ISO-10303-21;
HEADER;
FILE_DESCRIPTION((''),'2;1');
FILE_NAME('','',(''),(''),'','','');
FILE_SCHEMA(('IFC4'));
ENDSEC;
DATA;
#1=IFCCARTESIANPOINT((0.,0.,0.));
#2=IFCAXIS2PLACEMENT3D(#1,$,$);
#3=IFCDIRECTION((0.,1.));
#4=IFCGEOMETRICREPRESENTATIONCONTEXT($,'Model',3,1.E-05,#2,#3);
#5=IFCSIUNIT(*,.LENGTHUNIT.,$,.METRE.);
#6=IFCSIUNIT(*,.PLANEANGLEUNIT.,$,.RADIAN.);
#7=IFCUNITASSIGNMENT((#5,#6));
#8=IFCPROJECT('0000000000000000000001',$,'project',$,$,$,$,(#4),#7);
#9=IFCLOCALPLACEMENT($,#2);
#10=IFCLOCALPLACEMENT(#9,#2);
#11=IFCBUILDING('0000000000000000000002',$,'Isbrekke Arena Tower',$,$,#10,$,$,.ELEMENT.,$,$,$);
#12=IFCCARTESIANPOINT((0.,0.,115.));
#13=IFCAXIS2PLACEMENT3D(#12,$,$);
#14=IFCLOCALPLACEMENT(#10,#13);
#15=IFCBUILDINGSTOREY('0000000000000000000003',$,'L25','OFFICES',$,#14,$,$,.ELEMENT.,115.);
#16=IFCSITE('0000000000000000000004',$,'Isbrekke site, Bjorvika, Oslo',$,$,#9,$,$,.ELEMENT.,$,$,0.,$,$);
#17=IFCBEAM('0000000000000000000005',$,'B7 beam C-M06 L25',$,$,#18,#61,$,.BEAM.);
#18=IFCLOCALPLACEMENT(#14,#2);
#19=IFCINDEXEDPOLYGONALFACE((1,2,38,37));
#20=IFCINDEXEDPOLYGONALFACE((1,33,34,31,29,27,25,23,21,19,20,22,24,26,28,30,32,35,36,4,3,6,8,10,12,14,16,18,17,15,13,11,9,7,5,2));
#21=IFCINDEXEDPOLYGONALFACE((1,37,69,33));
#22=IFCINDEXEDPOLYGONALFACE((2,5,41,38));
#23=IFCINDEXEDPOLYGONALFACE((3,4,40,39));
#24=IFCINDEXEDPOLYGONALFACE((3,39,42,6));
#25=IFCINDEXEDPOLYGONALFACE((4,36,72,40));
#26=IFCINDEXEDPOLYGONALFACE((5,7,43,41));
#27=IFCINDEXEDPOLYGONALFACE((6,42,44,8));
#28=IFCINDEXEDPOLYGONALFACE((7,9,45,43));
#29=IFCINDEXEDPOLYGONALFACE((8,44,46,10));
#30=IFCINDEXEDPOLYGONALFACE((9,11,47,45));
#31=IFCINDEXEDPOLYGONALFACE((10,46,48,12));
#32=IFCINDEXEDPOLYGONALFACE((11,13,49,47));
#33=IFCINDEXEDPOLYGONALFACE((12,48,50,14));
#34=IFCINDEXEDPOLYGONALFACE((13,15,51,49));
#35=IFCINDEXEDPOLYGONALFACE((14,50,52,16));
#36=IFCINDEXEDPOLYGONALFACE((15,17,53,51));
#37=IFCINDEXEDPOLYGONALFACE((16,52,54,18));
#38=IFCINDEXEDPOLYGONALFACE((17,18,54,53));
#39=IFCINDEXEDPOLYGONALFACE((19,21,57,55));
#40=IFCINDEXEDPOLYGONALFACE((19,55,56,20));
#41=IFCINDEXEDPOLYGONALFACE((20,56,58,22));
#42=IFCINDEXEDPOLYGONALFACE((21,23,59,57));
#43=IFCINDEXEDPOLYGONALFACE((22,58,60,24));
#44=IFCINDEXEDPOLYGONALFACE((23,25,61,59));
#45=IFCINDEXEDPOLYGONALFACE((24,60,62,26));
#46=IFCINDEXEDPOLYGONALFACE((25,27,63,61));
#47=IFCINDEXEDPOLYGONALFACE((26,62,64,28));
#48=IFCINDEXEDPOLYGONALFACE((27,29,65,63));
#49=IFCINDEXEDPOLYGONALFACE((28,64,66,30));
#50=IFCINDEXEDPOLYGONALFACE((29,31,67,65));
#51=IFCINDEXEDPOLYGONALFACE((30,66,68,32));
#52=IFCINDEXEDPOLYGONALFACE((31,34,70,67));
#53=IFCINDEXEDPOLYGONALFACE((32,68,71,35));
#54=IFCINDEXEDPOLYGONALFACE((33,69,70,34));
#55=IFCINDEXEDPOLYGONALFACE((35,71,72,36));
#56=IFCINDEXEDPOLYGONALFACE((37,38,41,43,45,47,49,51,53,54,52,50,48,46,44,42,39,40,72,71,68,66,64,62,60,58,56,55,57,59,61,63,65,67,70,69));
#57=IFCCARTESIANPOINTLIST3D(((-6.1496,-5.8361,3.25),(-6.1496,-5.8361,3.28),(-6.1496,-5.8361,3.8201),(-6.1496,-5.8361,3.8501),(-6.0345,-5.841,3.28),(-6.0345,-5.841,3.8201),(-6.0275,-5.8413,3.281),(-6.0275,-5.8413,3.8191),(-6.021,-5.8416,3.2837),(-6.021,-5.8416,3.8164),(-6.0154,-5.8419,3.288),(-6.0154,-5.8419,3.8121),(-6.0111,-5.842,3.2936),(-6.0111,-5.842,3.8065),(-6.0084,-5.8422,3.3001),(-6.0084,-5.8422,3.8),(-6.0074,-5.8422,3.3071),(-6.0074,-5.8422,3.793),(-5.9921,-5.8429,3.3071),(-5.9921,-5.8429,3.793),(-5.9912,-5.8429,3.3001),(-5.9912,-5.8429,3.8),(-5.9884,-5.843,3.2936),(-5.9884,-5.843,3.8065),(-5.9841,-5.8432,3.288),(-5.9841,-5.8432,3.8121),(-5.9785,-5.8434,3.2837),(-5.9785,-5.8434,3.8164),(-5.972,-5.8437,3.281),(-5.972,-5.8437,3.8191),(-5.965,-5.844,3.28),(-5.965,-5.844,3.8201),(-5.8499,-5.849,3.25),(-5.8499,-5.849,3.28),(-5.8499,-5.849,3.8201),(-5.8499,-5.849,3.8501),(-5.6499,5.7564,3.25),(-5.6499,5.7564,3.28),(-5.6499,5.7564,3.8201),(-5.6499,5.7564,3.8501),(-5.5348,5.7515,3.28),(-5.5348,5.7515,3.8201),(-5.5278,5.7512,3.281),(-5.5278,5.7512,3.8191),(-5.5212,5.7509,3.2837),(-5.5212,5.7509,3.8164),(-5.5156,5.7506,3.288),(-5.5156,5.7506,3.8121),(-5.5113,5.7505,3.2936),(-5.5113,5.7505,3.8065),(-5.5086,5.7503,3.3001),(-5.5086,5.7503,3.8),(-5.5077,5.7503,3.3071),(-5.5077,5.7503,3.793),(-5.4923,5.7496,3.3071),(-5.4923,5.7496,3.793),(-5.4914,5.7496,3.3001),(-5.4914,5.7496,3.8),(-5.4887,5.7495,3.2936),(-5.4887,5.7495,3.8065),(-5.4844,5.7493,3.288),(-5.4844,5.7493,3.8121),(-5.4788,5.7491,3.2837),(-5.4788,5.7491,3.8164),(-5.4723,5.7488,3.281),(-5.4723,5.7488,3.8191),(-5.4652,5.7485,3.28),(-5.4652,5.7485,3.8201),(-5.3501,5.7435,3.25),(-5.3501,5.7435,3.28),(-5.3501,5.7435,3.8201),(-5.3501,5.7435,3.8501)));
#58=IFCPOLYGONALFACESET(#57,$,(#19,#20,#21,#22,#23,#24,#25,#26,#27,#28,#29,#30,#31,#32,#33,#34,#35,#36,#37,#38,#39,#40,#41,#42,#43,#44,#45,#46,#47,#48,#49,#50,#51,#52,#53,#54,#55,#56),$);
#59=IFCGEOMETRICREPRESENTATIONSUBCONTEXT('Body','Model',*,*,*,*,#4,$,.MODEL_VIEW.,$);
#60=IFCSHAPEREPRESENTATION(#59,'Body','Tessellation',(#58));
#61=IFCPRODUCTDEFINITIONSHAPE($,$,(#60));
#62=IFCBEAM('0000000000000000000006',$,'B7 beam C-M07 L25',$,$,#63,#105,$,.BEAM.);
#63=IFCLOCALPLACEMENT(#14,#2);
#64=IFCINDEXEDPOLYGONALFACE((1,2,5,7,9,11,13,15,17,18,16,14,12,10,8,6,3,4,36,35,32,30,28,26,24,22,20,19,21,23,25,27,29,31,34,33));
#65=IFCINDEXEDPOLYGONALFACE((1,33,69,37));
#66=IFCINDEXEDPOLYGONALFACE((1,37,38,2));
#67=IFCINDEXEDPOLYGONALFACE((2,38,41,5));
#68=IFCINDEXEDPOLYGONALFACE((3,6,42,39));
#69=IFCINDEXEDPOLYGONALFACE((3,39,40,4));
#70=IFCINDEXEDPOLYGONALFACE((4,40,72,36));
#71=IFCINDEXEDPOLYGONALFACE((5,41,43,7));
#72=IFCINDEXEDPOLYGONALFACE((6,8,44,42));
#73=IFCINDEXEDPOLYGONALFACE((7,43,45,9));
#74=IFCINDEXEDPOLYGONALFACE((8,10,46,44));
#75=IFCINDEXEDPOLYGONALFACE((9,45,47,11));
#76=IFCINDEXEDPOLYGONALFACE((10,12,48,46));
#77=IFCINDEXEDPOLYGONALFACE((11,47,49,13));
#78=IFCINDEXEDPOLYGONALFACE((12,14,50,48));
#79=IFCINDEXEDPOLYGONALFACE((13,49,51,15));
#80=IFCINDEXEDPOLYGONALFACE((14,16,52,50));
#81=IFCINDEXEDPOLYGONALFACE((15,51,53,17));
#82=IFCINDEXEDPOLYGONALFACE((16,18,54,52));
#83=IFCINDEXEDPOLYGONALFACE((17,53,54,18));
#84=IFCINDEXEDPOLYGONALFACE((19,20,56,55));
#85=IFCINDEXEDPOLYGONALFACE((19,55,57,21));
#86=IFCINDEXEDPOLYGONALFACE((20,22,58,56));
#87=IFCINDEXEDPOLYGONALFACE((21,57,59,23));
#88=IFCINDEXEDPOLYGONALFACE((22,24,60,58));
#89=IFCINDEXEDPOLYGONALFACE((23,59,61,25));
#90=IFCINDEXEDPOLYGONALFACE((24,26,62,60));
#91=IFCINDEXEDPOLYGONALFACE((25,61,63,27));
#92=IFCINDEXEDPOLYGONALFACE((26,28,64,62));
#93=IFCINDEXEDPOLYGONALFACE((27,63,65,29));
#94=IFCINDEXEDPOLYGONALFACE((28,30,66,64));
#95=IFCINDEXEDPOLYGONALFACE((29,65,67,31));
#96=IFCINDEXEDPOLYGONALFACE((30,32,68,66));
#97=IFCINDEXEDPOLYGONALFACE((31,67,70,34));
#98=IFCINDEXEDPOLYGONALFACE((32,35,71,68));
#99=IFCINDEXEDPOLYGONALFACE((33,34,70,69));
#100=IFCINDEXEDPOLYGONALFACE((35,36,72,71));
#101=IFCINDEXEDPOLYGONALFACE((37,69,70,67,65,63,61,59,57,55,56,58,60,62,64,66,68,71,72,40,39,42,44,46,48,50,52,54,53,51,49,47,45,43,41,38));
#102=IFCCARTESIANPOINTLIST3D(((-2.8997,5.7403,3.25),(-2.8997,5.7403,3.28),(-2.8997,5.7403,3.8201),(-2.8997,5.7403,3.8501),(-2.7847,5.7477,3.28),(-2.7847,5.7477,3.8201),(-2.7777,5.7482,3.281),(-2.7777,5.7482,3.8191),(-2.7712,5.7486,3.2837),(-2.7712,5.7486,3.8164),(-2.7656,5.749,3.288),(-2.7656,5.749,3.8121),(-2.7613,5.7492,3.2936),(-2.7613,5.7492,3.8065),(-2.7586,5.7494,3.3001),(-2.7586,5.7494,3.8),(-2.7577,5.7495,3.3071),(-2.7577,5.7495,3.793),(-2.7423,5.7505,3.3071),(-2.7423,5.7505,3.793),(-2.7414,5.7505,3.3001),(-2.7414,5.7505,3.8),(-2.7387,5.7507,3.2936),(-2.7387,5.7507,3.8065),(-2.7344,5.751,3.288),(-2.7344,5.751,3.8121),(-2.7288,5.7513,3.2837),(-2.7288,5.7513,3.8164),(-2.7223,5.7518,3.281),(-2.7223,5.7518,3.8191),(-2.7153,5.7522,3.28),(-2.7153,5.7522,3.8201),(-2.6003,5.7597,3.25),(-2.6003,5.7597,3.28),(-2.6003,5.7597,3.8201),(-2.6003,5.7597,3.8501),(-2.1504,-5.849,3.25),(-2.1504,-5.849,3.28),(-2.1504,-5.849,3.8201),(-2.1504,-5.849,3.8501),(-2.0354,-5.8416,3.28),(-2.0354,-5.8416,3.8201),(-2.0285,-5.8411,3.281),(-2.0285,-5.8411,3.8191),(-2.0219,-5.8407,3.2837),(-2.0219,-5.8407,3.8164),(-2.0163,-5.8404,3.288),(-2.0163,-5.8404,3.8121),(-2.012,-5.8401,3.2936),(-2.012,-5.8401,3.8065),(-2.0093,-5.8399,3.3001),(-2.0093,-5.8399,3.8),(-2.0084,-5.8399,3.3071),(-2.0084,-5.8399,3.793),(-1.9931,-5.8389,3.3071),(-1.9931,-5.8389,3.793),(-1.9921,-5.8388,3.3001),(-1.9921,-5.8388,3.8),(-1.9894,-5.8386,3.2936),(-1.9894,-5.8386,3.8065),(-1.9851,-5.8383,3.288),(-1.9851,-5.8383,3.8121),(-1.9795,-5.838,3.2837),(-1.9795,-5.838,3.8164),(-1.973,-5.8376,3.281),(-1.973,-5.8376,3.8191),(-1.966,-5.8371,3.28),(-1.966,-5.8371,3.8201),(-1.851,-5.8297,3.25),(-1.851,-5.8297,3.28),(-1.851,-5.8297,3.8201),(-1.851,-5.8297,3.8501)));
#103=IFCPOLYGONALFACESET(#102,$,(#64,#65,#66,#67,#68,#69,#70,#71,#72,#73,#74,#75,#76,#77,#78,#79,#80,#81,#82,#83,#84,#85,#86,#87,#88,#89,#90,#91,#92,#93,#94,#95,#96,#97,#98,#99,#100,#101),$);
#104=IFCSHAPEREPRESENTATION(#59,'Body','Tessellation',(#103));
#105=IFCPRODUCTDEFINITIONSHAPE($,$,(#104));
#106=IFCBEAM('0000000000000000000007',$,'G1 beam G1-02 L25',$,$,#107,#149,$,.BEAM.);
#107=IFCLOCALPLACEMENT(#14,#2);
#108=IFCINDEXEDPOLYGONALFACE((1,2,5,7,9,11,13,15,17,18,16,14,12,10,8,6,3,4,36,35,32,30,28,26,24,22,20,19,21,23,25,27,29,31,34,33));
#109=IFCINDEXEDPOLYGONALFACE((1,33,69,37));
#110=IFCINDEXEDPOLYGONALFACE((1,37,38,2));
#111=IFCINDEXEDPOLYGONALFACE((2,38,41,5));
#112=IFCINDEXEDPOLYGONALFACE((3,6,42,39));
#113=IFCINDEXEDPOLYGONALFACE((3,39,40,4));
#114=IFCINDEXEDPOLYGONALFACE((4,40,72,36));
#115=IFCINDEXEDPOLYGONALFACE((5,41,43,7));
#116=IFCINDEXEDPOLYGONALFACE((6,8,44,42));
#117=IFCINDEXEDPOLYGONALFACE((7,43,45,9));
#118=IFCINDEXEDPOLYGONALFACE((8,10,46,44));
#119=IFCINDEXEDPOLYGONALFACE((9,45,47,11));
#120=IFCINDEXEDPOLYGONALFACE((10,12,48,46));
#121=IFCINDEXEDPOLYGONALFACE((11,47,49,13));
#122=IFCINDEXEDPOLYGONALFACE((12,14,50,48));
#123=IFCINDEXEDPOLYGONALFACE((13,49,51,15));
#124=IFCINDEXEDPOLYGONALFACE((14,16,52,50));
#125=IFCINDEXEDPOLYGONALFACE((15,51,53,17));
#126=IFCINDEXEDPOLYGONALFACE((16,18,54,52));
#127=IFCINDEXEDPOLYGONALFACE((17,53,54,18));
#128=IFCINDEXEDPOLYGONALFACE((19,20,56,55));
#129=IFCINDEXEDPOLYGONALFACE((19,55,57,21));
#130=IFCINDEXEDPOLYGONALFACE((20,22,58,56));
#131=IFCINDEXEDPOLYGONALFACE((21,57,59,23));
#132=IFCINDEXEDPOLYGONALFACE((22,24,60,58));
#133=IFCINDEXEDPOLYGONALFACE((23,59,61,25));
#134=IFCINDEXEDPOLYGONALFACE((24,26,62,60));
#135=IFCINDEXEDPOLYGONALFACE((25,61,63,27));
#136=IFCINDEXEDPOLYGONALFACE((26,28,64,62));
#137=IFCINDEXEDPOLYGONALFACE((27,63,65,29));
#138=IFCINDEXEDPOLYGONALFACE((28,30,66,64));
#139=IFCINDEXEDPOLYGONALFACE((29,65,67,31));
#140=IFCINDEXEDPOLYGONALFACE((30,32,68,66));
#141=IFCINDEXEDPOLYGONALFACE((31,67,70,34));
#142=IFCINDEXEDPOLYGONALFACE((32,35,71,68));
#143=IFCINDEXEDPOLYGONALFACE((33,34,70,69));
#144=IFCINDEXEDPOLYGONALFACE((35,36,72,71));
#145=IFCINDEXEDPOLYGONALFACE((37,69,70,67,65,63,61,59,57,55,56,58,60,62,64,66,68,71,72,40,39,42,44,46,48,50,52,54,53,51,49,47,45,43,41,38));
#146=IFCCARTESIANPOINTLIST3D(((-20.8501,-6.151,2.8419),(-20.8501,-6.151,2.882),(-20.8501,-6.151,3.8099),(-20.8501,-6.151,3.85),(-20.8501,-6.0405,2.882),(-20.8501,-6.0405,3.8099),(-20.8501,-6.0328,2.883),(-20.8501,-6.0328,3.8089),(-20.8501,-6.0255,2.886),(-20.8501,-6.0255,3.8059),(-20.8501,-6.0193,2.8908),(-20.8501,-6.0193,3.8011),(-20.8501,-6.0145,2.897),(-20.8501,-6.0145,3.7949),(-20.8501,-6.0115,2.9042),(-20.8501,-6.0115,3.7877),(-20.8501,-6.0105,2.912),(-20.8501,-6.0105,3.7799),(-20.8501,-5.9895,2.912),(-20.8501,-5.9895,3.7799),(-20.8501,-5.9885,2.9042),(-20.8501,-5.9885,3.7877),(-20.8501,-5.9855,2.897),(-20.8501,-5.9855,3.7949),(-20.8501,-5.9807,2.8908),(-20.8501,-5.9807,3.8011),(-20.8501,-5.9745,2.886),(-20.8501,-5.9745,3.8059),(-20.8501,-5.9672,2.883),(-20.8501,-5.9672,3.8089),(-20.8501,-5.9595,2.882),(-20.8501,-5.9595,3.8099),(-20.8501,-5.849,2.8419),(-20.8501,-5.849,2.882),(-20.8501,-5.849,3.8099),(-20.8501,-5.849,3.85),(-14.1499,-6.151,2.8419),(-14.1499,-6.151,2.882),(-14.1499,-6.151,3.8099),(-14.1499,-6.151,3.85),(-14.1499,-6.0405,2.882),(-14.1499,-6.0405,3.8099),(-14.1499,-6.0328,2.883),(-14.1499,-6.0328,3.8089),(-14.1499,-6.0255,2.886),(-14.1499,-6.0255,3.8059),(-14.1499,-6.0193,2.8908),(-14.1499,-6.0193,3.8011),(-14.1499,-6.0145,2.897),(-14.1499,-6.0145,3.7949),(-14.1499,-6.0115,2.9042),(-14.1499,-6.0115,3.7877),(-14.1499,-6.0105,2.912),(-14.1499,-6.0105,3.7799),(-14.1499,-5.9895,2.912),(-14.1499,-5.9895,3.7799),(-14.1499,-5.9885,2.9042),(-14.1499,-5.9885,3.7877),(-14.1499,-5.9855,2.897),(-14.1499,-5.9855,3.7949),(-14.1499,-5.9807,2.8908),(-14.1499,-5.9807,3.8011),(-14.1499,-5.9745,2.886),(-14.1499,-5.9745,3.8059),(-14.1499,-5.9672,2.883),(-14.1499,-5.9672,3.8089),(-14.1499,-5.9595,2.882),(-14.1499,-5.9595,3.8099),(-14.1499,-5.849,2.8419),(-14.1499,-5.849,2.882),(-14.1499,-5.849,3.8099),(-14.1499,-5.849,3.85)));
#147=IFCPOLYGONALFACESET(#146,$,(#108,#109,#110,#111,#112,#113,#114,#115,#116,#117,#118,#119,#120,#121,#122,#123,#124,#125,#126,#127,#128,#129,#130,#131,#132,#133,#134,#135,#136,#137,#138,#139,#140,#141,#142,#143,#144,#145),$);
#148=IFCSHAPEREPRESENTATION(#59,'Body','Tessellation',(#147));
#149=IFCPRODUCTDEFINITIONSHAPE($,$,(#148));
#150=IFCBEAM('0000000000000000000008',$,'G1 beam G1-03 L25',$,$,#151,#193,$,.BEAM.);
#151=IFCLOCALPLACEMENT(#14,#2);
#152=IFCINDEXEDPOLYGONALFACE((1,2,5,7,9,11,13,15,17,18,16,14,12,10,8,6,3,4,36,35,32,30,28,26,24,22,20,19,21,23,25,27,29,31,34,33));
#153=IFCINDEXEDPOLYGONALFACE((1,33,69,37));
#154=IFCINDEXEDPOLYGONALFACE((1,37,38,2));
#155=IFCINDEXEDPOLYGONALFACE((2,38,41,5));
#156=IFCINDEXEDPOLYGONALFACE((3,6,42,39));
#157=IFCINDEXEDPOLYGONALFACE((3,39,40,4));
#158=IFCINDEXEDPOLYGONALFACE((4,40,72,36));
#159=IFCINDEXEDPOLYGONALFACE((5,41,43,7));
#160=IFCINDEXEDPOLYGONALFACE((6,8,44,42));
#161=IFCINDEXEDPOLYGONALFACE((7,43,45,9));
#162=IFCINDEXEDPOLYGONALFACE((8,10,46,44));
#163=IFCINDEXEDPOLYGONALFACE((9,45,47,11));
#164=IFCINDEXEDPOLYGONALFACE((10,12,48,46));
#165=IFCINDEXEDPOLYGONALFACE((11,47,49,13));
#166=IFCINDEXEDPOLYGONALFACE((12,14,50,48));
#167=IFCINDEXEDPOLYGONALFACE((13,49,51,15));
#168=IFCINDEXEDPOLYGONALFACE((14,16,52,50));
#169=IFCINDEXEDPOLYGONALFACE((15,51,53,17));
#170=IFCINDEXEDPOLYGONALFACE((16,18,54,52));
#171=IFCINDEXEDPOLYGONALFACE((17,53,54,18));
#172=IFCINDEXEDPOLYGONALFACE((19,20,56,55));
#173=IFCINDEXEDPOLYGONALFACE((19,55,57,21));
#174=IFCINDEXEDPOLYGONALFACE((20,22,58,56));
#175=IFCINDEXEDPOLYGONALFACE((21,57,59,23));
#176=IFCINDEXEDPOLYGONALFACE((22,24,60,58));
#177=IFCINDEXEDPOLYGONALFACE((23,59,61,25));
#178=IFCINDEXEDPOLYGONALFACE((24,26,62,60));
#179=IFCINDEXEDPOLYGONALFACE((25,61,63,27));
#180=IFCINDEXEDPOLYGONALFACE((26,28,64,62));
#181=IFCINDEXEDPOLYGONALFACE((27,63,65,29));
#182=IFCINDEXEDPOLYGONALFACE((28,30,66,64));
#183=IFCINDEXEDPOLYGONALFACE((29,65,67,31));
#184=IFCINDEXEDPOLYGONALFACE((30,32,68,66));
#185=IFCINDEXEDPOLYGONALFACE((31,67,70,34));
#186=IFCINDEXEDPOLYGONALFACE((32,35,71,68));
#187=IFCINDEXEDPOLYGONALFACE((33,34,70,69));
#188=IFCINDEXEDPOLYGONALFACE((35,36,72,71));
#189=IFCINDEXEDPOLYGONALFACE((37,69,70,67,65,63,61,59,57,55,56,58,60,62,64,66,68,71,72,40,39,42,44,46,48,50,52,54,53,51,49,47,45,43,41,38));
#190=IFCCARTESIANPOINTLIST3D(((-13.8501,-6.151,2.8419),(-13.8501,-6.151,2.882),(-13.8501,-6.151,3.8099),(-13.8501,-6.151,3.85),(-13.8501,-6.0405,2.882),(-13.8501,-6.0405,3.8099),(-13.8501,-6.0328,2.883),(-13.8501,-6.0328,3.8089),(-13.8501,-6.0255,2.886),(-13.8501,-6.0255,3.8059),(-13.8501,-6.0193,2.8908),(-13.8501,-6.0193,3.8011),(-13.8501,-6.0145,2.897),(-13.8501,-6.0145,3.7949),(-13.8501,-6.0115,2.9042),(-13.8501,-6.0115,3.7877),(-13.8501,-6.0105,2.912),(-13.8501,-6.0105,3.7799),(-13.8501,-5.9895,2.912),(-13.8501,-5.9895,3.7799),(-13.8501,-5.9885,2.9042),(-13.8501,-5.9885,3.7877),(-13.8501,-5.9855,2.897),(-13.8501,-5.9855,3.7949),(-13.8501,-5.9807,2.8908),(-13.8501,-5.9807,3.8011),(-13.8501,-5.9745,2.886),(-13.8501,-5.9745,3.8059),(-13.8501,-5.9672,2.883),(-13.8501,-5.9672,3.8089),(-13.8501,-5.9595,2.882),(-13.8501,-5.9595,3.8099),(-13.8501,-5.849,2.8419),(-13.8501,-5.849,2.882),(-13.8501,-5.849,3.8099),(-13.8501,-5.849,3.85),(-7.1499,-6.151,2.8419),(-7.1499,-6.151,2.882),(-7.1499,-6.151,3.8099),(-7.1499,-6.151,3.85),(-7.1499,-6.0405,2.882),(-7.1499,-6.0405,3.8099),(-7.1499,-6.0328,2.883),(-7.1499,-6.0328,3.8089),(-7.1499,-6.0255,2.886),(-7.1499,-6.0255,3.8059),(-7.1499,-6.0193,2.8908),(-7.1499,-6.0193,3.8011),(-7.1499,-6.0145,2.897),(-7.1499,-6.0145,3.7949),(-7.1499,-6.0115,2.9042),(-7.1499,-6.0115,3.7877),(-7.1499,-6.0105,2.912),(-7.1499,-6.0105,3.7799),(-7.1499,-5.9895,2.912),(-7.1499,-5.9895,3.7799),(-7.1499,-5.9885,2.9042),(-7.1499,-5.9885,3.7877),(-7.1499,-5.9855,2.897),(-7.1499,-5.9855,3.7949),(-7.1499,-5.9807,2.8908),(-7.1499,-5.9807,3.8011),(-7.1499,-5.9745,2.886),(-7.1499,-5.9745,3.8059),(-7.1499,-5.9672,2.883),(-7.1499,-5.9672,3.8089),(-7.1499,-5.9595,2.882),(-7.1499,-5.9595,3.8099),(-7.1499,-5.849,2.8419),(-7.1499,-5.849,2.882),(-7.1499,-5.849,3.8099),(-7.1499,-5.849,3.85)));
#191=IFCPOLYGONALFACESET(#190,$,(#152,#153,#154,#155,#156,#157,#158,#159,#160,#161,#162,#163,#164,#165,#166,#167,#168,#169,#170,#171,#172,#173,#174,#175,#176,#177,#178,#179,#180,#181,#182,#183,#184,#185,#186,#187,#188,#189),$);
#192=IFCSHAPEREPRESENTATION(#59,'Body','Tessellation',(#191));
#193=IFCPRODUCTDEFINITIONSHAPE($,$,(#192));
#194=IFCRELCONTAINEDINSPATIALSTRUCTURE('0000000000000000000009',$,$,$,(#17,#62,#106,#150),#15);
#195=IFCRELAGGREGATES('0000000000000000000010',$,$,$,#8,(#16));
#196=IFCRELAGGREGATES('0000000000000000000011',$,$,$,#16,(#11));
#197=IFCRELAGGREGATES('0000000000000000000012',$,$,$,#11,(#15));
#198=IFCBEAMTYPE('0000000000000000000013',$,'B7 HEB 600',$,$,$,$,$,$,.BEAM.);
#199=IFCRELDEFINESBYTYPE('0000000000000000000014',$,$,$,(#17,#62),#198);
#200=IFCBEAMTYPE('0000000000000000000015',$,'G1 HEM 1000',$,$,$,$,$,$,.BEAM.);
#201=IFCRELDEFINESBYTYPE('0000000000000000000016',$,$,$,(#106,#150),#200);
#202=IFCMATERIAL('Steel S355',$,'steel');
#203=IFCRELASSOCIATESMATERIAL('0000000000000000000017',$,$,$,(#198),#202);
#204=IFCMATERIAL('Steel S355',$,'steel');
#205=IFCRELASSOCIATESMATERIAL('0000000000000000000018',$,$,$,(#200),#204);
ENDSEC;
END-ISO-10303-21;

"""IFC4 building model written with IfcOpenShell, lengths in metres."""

from ifc_helpers import new_model, si_unit, direction, frame, origin, origin_2d, place, context, subcontext, project, spatial, i_section, extrude, material, material_profile, profile_set, type_object, element, save


model = new_model("IFC4")

# Units and contexts
model_context = context("Model", 3, precision=1e-05, world=origin(), true_north=direction((0.0, 1.0)))
body_context = subcontext(model_context, "Body", "Model", "MODEL_VIEW")
ifc_project = project(units=[si_unit("LENGTHUNIT", "METRE"), si_unit("PLANEANGLEUNIT", "RADIAN")], contexts=[model_context])

# Site, building, storey
site_placement = place(None, origin())
site = spatial("IfcSite", under=ifc_project, at=site_placement, Name="Isbrekke site, Bjorvika, Oslo", CompositionType="ELEMENT", RefElevation=0.0)
building_placement = place(site_placement, origin())
building = spatial("IfcBuilding", under=site, at=building_placement, Name="Isbrekke Arena Tower", CompositionType="ELEMENT")
storey_placement = place(building_placement, frame((0.0, 0.0, 115.0)))
storey = spatial("IfcBuildingStorey", under=building, at=storey_placement, Name="L25", Description="OFFICES", CompositionType="ELEMENT", Elevation=115.0)

# Beams
ifc_material_1 = material(Name="Steel S355", Category="steel")
ifc_material_profile_1 = material_profile(ifc_material_1, i_section(OverallWidth=0.3, OverallDepth=0.6001, WebThickness=0.0154, FlangeThickness=0.03, FilletRadius=0.0271, at=origin_2d()), Name="HEB 600")
ifc_profile_set_1 = profile_set([ifc_material_profile_1], Name="Steel S355")
beam_type_1 = type_object("IfcBeamType", Name="B7 HEB 600", PredefinedType="BEAM", material=ifc_profile_set_1)
beam_1_placement = place(storey_placement, frame((-5.9998, -5.8425, 3.55), z_axis=(0.04307, 0.999072, 0.0), x_axis=(-0.999072, 0.04307, 0.0)))
element("IfcBeam", 1, at=beam_1_placement, inside=storey, type_object=beam_type_1, Name="B7 beam C-M06 L25", PredefinedType="BEAM", context=body_context, shape_type="SweptSolid", body=[
    extrude(i_section(OverallWidth=0.3, OverallDepth=0.6001, WebThickness=0.0154, FlangeThickness=0.03, FilletRadius=0.0271, at=origin_2d()), origin(), (0.0, 0.0, 1.0), 11.6033),
])
beam_2_placement = place(storey_placement, frame((-2.0007, -5.8394, 3.55), z_axis=(-0.064517, 0.997917, 0.0), x_axis=(-0.997917, -0.064517, 0.0)))
element("IfcBeam", 2, at=beam_2_placement, inside=storey, type_object=beam_type_1, Name="B7 beam C-M07 L25", PredefinedType="BEAM", context=body_context, shape_type="SweptSolid", body=[
    extrude(i_section(OverallWidth=0.3, OverallDepth=0.6001, WebThickness=0.0154, FlangeThickness=0.03, FilletRadius=0.0271, at=origin_2d()), origin(), (0.0, 0.0, 1.0), 11.6135),
])
ifc_material_2 = material(Name="Steel S355", Category="steel")
ifc_material_profile_2 = material_profile(ifc_material_2, i_section(OverallWidth=0.302, OverallDepth=1.0081, WebThickness=0.021, FlangeThickness=0.04, FilletRadius=0.03, at=origin_2d()), Name="HEM 1000")
ifc_profile_set_2 = profile_set([ifc_material_profile_2], Name="Steel S355")
beam_type_2 = type_object("IfcBeamType", Name="G1 HEM 1000", PredefinedType="BEAM", material=ifc_profile_set_2)
for number, where, z_axis, x_axis, name in (
    (3, (-20.8501, -6.0, 3.3459), (1.0, 0.0, 0.0), (0.0, 1.0, 0.0), "G1 beam G1-02 L25"),
    (4, (-13.8501, -6.0, 3.3459), (1.0, 0.0, 0.0), (0.0, 1.0, 0.0), "G1 beam G1-03 L25"),
):
    element("IfcBeam", number, at=place(storey_placement, frame(where, z_axis=z_axis, x_axis=x_axis)), inside=storey, type_object=beam_type_2, Name=name, PredefinedType="BEAM", context=body_context, shape_type="SweptSolid", body=[
        extrude(i_section(OverallWidth=0.302, OverallDepth=1.0081, WebThickness=0.021, FlangeThickness=0.04, FilletRadius=0.03, at=origin_2d()), origin(), (0.0, 0.0, 1.0), 6.7002),
    ])

save(model, "model.ifc")
